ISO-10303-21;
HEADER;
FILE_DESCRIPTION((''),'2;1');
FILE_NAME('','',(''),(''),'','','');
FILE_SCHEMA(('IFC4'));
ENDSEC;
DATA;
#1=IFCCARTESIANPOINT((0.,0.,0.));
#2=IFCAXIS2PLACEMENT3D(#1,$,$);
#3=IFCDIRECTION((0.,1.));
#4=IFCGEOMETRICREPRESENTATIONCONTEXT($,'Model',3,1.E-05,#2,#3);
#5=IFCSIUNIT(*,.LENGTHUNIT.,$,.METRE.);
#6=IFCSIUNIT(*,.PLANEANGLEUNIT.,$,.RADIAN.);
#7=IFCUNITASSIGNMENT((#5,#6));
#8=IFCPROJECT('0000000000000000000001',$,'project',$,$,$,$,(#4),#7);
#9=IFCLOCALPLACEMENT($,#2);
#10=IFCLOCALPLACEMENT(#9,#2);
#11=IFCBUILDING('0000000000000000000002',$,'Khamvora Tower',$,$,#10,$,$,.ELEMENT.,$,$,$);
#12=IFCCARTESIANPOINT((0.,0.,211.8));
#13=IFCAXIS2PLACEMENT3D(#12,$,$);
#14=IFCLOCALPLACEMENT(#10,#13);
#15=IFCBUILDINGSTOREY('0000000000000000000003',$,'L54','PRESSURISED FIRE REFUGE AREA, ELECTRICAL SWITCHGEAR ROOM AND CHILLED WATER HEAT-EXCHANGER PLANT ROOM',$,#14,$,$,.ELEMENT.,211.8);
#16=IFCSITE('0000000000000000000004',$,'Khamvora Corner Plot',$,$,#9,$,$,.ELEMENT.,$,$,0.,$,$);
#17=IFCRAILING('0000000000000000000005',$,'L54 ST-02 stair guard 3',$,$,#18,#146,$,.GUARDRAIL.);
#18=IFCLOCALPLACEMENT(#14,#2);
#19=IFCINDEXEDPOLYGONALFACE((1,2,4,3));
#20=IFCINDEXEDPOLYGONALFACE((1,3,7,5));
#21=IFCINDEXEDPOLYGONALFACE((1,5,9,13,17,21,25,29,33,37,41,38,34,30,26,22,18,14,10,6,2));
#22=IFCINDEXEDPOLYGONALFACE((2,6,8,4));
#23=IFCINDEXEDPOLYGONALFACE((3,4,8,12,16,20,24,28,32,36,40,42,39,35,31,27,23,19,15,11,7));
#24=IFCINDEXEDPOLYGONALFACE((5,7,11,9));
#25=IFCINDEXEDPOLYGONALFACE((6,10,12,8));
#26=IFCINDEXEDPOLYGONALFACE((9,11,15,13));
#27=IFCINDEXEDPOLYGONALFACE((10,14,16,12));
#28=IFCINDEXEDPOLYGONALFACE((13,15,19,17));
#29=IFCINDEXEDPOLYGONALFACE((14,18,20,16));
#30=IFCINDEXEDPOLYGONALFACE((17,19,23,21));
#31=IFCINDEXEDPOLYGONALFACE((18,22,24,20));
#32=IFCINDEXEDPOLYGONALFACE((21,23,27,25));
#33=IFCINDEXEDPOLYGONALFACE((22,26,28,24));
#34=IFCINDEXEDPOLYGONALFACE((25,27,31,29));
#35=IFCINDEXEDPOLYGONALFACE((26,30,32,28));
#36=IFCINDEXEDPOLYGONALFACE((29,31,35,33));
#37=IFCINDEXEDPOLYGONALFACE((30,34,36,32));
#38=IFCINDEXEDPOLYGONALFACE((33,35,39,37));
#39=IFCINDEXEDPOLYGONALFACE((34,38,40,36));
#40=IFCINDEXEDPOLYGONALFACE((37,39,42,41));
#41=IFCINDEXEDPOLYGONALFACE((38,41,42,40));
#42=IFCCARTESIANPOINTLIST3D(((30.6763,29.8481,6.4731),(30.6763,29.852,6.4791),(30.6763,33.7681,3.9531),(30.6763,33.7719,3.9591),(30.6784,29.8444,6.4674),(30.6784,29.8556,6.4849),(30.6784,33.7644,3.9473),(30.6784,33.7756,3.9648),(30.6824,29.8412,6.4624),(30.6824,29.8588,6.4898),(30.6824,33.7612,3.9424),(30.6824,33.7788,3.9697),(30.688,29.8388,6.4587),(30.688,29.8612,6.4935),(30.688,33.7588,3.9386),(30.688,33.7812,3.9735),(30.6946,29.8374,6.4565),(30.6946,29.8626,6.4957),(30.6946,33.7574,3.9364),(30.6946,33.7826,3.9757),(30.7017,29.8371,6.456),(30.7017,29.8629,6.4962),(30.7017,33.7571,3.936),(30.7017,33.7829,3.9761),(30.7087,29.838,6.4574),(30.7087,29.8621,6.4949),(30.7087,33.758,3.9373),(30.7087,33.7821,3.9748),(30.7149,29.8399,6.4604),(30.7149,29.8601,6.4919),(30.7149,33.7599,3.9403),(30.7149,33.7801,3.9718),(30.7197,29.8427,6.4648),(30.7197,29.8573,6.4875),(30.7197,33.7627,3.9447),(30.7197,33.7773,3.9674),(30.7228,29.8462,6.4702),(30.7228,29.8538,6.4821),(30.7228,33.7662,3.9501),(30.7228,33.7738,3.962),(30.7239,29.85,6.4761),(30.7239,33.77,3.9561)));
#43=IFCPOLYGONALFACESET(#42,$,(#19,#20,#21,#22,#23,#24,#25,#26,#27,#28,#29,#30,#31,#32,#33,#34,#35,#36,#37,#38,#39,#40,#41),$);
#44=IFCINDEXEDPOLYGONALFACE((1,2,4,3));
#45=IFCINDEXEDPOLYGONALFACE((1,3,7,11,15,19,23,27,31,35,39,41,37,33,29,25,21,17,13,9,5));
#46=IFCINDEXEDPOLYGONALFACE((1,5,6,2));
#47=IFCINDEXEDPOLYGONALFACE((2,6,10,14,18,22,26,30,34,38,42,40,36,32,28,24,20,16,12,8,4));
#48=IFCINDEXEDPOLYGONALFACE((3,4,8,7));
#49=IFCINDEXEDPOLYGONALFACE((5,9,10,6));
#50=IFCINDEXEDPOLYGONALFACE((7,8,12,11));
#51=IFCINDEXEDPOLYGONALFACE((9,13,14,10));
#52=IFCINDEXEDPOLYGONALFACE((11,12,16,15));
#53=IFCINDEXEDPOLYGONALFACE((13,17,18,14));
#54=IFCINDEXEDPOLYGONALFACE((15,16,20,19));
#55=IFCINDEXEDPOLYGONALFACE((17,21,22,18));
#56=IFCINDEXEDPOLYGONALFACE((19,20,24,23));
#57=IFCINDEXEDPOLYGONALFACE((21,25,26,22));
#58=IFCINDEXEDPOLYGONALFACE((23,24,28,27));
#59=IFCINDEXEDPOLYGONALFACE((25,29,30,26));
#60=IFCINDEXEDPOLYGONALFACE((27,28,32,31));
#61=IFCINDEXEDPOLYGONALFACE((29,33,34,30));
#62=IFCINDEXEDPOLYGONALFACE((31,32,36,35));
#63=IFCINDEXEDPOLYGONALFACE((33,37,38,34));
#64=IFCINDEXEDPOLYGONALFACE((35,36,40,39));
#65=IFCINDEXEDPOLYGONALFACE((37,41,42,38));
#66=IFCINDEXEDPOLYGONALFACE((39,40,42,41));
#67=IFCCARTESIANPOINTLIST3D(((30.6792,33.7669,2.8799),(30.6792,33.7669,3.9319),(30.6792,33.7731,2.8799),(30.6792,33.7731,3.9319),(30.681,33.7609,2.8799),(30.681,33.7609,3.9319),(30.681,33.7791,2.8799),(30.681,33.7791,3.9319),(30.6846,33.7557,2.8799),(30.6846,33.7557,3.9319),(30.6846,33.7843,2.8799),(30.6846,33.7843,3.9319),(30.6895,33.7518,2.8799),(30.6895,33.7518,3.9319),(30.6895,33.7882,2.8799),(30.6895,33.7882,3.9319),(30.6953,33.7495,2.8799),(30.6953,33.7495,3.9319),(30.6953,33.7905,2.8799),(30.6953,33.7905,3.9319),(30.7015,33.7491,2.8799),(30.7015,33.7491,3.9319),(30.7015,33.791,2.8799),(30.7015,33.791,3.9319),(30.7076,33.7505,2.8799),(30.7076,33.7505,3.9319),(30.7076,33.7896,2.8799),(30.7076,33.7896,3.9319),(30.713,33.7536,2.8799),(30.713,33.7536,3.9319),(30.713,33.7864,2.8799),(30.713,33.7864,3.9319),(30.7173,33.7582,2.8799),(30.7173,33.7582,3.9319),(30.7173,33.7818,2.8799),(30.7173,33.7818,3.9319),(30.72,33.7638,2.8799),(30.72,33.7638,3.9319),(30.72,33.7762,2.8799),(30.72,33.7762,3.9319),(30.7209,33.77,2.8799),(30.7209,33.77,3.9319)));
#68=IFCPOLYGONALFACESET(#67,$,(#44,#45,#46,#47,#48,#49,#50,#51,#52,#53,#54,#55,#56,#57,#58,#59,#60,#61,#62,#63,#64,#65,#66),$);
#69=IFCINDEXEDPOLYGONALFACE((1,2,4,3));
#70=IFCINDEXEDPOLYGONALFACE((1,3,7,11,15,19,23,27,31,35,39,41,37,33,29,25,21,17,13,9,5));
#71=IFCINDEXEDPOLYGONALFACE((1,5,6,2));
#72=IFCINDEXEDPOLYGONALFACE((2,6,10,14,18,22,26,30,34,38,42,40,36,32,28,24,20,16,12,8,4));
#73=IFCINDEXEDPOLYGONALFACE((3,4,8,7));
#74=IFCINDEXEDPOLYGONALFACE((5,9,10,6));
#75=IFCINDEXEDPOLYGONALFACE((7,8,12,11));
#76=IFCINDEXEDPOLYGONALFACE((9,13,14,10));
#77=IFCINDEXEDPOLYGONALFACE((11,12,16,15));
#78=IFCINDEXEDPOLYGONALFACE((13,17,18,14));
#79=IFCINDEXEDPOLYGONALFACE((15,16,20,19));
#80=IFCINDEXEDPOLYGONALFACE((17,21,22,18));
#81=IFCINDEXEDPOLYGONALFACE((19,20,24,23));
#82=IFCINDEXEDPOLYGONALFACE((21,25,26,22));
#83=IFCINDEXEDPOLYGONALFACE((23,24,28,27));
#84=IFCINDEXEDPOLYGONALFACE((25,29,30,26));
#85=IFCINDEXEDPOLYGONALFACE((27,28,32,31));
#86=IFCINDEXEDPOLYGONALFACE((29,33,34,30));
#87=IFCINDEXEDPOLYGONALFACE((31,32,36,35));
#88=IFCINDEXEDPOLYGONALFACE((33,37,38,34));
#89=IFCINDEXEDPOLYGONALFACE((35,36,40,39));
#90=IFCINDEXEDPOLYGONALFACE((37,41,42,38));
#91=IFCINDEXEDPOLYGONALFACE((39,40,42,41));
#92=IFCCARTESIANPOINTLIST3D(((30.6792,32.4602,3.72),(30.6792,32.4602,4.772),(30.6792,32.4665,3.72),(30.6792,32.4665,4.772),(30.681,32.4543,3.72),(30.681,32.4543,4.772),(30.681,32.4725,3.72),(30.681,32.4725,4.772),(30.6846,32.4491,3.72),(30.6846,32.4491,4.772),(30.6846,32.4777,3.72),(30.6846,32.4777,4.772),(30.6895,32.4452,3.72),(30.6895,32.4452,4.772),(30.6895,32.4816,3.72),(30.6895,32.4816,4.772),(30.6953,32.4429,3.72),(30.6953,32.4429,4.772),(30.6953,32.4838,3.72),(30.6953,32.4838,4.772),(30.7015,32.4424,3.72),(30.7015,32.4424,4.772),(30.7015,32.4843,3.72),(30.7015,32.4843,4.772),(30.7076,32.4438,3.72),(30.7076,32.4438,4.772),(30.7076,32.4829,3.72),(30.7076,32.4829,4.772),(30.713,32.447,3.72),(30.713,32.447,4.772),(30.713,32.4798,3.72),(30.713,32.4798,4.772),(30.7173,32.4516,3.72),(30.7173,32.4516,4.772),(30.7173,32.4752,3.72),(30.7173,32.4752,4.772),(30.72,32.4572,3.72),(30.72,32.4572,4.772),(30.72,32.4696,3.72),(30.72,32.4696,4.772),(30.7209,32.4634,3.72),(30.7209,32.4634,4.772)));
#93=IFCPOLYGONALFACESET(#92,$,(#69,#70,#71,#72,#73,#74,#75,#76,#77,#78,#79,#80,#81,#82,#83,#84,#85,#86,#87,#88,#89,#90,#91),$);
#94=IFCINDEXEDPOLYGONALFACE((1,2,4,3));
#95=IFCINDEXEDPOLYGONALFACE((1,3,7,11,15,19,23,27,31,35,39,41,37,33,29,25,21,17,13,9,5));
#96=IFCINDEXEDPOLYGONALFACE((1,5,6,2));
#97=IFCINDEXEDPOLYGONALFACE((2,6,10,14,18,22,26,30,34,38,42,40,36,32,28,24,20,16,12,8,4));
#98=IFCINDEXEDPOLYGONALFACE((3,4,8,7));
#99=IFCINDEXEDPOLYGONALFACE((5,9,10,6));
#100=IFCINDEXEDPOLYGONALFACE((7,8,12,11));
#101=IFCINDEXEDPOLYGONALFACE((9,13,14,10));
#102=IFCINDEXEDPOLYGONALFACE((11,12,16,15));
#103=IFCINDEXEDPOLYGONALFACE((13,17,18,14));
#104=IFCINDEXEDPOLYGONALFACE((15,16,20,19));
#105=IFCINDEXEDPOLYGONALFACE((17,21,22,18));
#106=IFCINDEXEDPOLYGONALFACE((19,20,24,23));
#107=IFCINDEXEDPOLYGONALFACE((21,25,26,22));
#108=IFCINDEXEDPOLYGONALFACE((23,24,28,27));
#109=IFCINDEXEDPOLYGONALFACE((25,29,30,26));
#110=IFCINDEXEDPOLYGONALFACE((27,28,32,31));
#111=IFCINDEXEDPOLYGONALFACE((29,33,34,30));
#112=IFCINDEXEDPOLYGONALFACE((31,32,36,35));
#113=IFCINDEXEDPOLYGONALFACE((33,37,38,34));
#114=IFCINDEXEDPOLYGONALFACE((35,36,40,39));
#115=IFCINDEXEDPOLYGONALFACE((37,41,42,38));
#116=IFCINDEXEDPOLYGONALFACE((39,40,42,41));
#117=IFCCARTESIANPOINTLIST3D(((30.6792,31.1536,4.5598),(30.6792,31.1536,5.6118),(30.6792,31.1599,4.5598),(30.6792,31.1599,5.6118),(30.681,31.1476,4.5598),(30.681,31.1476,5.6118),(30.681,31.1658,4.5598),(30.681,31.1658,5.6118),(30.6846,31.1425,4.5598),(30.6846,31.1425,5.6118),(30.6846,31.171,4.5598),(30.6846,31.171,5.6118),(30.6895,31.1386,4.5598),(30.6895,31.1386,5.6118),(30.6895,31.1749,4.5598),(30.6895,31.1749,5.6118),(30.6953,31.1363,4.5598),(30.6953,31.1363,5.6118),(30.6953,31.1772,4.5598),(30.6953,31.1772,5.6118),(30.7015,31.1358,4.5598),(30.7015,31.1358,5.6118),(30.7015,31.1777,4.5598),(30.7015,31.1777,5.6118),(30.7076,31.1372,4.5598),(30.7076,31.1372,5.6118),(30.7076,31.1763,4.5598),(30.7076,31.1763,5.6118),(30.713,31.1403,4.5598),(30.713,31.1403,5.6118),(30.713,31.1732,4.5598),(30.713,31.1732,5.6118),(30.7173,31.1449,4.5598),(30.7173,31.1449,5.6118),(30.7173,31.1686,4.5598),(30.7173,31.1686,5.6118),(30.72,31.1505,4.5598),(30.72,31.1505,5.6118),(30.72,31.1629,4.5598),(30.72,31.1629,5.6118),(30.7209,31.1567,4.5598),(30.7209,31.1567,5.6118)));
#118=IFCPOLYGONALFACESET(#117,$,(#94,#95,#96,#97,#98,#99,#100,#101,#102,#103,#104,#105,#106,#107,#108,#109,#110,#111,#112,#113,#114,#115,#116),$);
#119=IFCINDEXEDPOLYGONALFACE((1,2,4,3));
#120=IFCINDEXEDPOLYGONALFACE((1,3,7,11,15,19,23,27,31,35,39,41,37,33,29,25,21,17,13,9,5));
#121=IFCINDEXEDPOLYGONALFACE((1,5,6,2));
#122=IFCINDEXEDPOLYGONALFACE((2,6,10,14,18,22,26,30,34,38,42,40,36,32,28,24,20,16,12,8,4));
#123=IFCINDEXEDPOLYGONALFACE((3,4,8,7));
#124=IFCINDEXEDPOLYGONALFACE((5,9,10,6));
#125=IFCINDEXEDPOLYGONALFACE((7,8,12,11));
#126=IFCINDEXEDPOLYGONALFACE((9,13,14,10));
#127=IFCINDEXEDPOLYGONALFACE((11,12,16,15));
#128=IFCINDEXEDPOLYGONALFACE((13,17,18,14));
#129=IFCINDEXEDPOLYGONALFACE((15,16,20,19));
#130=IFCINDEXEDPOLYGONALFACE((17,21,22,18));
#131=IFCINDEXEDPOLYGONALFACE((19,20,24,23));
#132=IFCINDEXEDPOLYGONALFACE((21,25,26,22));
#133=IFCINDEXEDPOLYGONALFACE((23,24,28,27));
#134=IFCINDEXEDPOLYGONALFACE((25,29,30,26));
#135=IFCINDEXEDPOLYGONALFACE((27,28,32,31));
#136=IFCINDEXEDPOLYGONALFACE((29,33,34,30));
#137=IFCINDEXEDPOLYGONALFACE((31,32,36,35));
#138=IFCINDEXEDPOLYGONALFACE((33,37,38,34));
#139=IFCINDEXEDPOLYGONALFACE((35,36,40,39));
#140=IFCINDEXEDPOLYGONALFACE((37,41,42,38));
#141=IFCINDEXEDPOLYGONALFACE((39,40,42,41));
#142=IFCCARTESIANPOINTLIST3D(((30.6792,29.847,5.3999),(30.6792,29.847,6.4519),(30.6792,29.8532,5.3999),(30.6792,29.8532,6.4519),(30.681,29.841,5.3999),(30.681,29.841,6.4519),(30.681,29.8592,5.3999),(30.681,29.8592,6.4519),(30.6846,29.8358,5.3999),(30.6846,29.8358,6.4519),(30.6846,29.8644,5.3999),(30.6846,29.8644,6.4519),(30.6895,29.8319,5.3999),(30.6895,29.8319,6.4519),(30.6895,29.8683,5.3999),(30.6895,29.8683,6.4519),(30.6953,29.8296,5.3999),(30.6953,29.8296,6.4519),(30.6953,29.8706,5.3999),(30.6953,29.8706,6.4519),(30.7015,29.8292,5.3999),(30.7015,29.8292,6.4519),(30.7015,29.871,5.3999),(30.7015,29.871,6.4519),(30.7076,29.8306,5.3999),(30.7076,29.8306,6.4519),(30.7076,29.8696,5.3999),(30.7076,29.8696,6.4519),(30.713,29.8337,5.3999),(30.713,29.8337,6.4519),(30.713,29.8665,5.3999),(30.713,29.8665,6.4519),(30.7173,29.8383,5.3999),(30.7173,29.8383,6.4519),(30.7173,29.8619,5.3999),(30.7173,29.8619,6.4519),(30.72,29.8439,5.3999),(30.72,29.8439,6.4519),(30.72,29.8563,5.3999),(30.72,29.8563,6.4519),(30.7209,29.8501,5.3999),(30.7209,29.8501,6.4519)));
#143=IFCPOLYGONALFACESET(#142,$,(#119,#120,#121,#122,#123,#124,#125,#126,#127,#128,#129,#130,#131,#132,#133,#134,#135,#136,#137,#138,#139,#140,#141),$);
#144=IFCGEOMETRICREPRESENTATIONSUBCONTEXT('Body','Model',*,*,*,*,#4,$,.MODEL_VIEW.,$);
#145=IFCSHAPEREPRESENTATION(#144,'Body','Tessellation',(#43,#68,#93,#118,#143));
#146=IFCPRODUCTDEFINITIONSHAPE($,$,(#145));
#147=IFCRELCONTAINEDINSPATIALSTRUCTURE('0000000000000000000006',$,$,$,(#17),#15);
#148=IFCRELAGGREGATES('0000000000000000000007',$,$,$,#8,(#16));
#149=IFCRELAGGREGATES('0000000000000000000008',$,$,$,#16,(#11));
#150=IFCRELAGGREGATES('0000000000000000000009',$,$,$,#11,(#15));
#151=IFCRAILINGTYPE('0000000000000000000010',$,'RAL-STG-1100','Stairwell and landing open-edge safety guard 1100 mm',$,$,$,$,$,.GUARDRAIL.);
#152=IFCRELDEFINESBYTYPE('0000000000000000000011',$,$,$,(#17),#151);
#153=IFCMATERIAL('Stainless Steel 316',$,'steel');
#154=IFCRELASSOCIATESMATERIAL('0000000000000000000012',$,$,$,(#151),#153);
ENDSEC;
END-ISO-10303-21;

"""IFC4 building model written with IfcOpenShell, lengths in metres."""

from ifc_helpers import new_model, si_unit, direction, frame, origin, origin_2d, place, context, subcontext, project, spatial, circle, extrude, material, type_object, element, save


model = new_model("IFC4")

# Units and contexts
model_context = context("Model", 3, precision=1e-05, world=origin(), true_north=direction((0.0, 1.0)))
body_context = subcontext(model_context, "Body", "Model", "MODEL_VIEW")
ifc_project = project(units=[si_unit("LENGTHUNIT", "METRE"), si_unit("PLANEANGLEUNIT", "RADIAN")], contexts=[model_context])

# Site, building, storey
site_placement = place(None, origin())
site = spatial("IfcSite", under=ifc_project, at=site_placement, Name="Khamvora Corner Plot", CompositionType="ELEMENT", RefElevation=0.0)
building_placement = place(site_placement, origin())
building = spatial("IfcBuilding", under=site, at=building_placement, Name="Khamvora Tower", CompositionType="ELEMENT")
storey_placement = place(building_placement, frame((0.0, 0.0, 211.8)))
storey = spatial("IfcBuildingStorey", under=building, at=storey_placement, Name="L54", Description="PRESSURISED FIRE REFUGE AREA, ELECTRICAL SWITCHGEAR ROOM AND CHILLED WATER HEAT-EXCHANGER PLANT ROOM", CompositionType="ELEMENT", Elevation=211.8)

# Railing
ifc_material_1 = material(Name="Stainless Steel 316", Category="steel")
railing_type_1 = type_object("IfcRailingType", Name="RAL-STG-1100", Description="Stairwell and landing open-edge safety guard 1100 mm", PredefinedType="GUARDRAIL", material=ifc_material_1)
railing_1_placement = place(storey_placement, frame((30.7, 33.77, 2.8799)))
element("IfcRailing", 1, at=railing_1_placement, inside=storey, type_object=railing_type_1, Name="L54 ST-02 stair guard 3", PredefinedType="GUARDRAIL", context=body_context, shape_type="SweptSolid", body=[
    extrude(circle(Radius=0.0239, at=origin_2d()), frame((0.0, 0.0, 1.0762), z_axis=(0.0, -0.841172, 0.540768), x_axis=(1.0, 0.0, 0.0)), (0.0, 0.0, 1.0), 4.6602),
    extrude(circle(Radius=0.021, at=origin_2d()), origin(), (0.0, 0.0, 1.0), 1.052),
    extrude(circle(Radius=0.021, at=origin_2d()), frame((0.0, -1.3066, 0.8401)), (0.0, 0.0, 1.0), 1.052),
    extrude(circle(Radius=0.021, at=origin_2d()), frame((0.0, -2.6133, 1.6799)), (0.0, 0.0, 1.0), 1.052),
    extrude(circle(Radius=0.021, at=origin_2d()), frame((0.0, -3.9199, 2.52)), (0.0, 0.0, 1.0), 1.052),
])

save(model, "model.ifc")
